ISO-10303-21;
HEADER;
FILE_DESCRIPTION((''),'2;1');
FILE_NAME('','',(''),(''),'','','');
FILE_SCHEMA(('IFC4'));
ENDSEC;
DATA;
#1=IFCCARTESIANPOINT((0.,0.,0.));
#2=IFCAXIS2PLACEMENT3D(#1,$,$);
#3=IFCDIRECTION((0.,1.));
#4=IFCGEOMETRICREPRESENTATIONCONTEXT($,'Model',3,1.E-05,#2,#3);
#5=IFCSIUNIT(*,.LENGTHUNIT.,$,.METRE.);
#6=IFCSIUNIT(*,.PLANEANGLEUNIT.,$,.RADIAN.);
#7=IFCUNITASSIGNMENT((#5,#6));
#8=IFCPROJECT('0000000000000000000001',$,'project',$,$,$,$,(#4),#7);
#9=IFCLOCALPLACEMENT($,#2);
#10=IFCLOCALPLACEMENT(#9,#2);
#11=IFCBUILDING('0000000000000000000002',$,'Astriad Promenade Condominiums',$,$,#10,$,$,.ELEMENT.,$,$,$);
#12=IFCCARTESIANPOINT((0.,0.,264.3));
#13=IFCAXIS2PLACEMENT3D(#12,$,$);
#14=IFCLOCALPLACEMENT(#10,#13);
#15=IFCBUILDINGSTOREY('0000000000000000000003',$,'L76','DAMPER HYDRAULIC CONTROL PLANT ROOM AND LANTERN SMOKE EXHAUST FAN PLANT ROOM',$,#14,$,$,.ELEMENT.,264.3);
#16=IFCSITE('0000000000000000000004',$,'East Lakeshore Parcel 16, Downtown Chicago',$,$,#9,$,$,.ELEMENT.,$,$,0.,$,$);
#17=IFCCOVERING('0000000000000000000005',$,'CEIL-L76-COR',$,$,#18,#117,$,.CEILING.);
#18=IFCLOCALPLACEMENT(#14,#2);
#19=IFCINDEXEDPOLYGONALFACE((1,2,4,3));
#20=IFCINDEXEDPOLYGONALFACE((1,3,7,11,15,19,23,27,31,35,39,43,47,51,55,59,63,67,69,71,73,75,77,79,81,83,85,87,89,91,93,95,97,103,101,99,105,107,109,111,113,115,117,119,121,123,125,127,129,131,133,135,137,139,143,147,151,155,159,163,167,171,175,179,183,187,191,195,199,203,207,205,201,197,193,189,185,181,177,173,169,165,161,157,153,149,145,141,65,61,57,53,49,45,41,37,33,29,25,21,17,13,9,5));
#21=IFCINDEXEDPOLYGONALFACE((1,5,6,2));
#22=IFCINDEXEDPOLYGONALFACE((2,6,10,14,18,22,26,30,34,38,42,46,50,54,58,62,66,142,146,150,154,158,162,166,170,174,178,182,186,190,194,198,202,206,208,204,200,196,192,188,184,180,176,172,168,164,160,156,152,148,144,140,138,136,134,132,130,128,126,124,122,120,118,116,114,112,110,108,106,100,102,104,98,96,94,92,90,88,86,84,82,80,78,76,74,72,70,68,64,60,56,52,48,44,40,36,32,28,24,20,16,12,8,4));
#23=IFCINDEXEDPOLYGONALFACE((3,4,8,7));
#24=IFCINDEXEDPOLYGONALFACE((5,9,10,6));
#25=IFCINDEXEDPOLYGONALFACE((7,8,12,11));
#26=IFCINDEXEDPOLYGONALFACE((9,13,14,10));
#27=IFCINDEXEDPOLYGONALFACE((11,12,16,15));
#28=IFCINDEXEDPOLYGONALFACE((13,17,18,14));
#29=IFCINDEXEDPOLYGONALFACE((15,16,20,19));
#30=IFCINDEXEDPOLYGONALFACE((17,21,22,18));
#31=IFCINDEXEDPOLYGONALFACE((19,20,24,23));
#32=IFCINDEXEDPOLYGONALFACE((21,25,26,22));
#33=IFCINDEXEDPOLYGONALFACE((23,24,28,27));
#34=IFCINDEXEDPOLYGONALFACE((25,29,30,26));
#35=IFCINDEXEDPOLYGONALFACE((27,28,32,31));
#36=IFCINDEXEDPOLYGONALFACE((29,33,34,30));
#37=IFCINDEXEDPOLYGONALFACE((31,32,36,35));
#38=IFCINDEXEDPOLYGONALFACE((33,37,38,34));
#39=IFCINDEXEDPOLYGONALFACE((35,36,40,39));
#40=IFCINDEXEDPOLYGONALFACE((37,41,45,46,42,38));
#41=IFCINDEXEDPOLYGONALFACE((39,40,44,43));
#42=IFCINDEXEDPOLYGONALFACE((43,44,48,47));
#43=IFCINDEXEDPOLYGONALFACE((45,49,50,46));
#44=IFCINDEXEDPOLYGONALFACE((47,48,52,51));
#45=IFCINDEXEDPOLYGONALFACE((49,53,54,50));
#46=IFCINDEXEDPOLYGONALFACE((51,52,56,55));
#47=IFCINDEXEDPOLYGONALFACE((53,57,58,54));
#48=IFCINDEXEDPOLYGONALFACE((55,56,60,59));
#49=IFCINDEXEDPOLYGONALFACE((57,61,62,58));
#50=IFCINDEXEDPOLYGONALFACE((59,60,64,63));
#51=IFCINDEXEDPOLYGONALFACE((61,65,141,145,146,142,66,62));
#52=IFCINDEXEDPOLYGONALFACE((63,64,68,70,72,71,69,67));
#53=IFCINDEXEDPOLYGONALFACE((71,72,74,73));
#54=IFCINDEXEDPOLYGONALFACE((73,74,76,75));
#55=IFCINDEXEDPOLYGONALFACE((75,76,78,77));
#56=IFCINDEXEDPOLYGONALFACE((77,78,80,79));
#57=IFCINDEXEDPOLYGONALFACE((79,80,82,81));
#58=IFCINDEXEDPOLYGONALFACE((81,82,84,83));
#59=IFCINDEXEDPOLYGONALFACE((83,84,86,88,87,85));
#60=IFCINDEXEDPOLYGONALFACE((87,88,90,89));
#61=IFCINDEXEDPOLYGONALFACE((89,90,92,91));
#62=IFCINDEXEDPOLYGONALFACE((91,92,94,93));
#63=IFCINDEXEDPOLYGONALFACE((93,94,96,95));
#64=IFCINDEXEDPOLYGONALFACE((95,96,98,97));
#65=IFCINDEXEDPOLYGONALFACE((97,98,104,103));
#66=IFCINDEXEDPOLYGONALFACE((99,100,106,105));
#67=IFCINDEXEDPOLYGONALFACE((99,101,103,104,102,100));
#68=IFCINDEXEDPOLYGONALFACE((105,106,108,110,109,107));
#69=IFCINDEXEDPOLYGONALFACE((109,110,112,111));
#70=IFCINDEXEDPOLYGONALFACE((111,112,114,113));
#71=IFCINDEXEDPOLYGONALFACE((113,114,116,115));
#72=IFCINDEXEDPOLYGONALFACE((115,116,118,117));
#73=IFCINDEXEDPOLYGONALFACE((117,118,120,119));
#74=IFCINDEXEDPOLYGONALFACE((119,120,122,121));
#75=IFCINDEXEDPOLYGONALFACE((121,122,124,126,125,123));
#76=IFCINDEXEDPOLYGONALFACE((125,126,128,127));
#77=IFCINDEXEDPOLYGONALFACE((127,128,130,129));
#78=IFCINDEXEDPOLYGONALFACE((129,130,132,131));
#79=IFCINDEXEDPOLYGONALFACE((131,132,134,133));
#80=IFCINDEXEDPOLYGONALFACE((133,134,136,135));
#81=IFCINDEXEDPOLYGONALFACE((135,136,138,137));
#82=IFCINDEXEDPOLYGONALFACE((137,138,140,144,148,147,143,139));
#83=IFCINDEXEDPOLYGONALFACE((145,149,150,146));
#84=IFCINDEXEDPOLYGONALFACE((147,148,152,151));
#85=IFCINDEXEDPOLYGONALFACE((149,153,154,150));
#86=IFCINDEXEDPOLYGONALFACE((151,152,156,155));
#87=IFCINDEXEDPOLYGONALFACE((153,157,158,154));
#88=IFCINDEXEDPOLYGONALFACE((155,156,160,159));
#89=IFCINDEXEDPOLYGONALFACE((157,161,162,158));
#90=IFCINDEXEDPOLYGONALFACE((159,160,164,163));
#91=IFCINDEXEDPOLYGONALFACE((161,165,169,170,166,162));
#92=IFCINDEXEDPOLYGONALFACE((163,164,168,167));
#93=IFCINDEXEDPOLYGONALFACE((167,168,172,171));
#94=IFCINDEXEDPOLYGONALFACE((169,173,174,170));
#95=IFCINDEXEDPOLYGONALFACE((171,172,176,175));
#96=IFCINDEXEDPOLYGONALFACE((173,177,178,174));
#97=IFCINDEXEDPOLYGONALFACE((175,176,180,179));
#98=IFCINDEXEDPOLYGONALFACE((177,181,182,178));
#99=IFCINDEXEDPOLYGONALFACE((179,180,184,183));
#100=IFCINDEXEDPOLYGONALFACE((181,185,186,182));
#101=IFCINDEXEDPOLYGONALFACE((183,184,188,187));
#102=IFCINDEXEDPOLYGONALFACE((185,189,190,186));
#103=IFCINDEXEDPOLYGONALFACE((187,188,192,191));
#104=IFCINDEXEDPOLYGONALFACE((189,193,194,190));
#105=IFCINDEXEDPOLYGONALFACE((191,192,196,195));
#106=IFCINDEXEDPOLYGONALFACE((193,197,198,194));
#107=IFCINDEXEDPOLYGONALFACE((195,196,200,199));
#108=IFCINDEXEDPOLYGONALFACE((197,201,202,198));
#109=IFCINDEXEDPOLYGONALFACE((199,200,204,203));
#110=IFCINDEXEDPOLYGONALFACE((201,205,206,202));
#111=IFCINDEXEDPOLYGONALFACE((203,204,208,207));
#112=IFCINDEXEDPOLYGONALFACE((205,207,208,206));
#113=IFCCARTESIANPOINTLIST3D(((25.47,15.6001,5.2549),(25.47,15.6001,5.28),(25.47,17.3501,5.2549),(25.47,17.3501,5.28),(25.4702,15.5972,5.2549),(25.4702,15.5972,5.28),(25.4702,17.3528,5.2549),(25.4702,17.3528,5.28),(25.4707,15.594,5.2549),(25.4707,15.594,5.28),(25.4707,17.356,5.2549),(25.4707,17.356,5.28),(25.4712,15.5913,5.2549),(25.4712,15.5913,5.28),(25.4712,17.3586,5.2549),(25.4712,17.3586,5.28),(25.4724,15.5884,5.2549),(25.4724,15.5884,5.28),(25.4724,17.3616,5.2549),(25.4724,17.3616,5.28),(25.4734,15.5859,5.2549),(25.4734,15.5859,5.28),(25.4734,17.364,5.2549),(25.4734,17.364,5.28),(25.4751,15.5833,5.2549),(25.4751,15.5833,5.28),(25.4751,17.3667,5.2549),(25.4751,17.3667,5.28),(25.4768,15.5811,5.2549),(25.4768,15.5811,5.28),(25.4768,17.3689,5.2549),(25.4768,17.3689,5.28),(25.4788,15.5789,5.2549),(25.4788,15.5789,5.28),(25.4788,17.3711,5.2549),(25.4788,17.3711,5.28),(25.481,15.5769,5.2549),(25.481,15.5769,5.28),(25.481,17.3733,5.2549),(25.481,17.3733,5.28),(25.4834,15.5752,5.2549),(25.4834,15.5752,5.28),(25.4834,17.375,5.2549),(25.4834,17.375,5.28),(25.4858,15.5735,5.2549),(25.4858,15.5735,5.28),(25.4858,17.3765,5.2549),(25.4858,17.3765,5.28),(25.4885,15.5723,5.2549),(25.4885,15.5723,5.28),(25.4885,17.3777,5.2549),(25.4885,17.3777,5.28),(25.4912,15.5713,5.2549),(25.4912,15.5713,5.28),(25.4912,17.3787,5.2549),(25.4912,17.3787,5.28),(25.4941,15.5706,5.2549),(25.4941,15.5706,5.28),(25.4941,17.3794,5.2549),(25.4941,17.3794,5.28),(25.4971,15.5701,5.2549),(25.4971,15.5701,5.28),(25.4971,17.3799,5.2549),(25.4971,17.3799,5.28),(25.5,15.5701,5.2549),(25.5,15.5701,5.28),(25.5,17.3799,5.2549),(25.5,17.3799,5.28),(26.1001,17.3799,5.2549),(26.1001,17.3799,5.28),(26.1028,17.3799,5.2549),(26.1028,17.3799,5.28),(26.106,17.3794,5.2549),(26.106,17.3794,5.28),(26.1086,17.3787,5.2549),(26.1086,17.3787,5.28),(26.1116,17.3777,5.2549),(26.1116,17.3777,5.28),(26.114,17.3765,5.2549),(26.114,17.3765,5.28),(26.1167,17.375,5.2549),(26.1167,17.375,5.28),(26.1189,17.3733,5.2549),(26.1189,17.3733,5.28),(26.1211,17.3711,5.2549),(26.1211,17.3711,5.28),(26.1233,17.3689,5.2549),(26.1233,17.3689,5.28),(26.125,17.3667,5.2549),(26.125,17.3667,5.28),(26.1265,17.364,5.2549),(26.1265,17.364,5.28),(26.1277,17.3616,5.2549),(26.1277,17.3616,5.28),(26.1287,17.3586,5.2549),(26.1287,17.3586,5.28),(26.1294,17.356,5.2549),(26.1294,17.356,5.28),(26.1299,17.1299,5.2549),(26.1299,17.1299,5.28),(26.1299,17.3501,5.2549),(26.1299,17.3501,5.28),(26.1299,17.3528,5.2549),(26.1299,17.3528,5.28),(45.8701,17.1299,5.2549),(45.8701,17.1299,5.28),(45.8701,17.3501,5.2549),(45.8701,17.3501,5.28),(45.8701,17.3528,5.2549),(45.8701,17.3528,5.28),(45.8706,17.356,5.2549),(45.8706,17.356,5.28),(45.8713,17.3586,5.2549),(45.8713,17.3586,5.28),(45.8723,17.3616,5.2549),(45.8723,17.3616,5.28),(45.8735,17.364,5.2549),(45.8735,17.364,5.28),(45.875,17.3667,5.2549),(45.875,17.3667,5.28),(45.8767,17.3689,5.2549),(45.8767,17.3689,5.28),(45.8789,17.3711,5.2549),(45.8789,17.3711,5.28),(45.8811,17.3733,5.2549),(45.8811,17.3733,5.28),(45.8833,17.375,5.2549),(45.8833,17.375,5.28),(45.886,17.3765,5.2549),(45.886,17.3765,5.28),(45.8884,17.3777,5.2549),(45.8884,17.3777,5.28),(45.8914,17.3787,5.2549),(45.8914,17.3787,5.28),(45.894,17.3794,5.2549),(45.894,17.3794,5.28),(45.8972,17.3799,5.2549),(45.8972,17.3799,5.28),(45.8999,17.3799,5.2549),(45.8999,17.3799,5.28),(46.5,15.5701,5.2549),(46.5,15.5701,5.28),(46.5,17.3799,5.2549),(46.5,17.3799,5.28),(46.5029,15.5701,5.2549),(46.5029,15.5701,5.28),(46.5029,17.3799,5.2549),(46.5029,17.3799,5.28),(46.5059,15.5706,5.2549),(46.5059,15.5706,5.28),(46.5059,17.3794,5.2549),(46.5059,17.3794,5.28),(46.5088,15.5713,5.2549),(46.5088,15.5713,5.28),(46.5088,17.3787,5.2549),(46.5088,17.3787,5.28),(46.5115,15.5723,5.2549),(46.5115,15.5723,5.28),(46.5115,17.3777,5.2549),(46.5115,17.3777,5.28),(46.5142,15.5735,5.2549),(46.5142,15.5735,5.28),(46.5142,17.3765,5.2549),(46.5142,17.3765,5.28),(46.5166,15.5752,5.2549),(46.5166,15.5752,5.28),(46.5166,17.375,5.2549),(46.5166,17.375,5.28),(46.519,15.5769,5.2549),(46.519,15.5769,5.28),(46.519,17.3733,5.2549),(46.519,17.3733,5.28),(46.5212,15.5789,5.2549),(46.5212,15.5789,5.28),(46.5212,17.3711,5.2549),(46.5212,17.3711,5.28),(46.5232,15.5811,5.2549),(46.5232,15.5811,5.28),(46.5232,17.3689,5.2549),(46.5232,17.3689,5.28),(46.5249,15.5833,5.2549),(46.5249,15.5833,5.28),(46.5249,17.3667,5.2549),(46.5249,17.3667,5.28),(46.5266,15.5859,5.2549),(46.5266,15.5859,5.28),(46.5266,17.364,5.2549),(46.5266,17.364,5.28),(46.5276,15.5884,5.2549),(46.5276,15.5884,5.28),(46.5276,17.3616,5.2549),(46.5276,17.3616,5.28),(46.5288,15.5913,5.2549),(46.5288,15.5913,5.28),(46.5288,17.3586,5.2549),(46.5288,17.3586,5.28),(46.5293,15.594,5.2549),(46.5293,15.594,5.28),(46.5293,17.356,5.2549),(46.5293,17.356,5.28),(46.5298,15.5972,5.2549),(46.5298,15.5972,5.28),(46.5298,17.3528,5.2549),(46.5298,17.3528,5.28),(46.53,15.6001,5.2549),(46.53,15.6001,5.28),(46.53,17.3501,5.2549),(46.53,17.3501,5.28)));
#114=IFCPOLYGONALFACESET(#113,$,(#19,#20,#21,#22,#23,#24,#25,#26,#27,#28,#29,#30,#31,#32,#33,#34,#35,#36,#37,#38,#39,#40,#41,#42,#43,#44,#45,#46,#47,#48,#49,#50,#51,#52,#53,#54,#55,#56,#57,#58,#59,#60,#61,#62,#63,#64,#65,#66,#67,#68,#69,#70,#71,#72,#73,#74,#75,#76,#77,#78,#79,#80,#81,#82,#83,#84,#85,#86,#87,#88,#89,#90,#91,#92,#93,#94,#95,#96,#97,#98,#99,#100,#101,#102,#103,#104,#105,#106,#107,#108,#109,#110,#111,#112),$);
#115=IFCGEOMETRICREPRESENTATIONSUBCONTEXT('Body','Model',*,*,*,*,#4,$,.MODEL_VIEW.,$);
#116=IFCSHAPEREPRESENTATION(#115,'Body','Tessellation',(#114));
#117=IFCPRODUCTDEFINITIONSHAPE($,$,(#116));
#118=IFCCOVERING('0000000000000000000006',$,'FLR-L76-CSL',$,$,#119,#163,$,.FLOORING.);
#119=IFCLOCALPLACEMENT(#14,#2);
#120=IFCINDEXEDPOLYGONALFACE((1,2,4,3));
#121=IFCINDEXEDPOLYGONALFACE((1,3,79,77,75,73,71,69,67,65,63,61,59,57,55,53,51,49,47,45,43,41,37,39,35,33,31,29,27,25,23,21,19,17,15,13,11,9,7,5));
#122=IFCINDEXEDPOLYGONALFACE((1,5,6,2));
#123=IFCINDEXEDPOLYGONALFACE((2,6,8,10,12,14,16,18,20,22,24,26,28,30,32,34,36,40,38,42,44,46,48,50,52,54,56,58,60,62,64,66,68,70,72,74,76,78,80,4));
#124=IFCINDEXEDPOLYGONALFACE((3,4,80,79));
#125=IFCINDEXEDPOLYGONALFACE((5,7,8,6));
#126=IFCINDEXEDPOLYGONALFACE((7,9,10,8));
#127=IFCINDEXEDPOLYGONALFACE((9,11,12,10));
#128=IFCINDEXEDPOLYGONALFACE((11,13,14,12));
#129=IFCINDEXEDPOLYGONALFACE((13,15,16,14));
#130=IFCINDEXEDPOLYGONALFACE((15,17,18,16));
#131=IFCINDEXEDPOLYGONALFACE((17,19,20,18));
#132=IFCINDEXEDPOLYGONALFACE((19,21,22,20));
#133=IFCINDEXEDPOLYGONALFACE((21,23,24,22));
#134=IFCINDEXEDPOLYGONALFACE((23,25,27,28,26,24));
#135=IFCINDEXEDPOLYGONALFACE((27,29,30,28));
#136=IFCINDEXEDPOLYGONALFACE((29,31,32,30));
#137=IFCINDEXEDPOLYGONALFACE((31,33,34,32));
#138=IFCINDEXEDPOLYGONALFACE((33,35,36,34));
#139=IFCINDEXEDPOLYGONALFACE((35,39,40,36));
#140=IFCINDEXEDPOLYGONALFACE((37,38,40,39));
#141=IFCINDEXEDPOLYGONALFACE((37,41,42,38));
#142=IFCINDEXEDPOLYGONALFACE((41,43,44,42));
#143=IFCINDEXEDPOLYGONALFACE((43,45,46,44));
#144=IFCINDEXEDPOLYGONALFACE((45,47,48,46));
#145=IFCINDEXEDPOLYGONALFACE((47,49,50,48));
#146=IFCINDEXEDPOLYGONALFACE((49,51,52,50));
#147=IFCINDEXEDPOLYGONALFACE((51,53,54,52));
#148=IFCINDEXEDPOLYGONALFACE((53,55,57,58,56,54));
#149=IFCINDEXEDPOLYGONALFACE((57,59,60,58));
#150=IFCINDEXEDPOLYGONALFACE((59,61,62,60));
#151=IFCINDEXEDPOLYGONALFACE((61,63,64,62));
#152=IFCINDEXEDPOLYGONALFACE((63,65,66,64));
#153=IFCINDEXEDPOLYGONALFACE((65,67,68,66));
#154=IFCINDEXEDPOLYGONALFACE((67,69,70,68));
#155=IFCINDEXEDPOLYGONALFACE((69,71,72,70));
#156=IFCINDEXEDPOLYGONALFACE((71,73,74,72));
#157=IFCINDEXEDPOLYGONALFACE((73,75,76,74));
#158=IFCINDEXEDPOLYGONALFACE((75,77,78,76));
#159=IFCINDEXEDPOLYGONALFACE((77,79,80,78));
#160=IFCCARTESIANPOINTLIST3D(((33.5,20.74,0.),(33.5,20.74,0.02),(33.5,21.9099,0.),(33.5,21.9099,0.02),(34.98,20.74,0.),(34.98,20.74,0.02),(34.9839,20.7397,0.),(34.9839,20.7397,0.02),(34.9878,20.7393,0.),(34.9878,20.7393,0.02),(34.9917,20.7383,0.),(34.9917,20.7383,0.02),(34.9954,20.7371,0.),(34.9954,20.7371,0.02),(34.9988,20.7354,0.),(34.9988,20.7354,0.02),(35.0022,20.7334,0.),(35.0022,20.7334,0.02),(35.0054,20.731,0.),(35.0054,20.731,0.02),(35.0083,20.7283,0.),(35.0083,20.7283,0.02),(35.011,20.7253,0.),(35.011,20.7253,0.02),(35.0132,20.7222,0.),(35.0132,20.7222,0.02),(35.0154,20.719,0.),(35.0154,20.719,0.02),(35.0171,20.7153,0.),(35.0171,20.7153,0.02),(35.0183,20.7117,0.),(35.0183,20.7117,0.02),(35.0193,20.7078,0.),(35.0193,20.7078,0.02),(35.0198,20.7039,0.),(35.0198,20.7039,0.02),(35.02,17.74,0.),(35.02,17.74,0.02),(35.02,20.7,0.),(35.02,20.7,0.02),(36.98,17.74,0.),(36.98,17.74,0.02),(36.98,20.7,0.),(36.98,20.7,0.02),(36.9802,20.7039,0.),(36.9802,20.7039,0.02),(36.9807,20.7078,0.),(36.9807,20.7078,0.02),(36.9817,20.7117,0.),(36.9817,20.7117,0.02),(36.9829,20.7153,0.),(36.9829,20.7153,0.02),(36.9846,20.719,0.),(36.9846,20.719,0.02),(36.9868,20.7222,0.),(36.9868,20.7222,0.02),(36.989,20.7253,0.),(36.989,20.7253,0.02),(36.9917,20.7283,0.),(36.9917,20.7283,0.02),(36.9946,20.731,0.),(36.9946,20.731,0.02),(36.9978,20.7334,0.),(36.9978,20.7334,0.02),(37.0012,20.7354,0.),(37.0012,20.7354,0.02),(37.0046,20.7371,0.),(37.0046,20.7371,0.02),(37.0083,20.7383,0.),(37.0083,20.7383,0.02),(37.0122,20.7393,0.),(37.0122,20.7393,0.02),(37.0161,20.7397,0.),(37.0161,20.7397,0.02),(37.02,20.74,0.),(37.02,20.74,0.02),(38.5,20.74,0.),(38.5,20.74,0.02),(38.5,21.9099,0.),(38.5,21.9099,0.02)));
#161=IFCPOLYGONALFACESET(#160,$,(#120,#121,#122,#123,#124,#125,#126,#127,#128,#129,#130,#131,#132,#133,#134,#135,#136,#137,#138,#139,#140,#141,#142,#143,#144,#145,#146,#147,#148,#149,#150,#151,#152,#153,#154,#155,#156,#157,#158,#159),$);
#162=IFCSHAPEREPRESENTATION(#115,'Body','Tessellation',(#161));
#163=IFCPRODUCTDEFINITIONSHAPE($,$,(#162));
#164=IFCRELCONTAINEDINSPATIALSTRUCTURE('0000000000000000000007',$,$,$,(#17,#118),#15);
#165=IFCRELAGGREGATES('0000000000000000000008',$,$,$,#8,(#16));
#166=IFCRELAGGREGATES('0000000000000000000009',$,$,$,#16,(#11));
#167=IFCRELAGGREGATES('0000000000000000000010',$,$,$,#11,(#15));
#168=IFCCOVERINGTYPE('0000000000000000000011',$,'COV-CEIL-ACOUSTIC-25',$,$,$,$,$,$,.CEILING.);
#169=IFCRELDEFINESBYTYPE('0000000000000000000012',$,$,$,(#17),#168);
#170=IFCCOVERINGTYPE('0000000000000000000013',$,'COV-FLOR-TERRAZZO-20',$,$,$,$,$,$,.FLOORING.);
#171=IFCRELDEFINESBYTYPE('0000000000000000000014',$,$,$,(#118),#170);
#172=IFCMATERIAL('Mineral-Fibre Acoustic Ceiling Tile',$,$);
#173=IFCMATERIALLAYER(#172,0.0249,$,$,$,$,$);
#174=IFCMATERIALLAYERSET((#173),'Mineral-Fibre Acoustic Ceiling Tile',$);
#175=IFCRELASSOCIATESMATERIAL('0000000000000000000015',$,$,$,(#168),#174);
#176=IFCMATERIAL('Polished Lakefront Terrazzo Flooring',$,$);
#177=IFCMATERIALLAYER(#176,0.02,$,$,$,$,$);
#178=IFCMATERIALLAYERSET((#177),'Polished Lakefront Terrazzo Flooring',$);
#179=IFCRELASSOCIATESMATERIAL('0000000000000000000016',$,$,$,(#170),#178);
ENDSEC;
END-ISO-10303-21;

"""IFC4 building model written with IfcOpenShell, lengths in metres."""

from ifc_helpers import new_model, si_unit, direction, frame, origin, place, context, subcontext, project, spatial, polyline, outline, extrude, material, layer, layer_set, type_object, element, save


model = new_model("IFC4")

# Units and contexts
model_context = context("Model", 3, precision=1e-05, world=origin(), true_north=direction((0.0, 1.0)))
body_context = subcontext(model_context, "Body", "Model", "MODEL_VIEW")
ifc_project = project(units=[si_unit("LENGTHUNIT", "METRE"), si_unit("PLANEANGLEUNIT", "RADIAN")], contexts=[model_context])

# Site, building, storey
site_placement = place(None, origin())
site = spatial("IfcSite", under=ifc_project, at=site_placement, Name="East Lakeshore Parcel 16, Downtown Chicago", CompositionType="ELEMENT", RefElevation=0.0)
building_placement = place(site_placement, origin())
building = spatial("IfcBuilding", under=site, at=building_placement, Name="Astriad Promenade Condominiums", CompositionType="ELEMENT")
storey_placement = place(building_placement, frame((0.0, 0.0, 264.3)))
storey = spatial("IfcBuildingStorey", under=building, at=storey_placement, Name="L76", Description="DAMPER HYDRAULIC CONTROL PLANT ROOM AND LANTERN SMOKE EXHAUST FAN PLANT ROOM", CompositionType="ELEMENT", Elevation=264.3)

# Coverings
ifc_material_1 = material(Name="Mineral-Fibre Acoustic Ceiling Tile")
ifc_layer_1 = layer(ifc_material_1, 0.0249)
ifc_layer_set_1 = layer_set([ifc_layer_1], Name="Mineral-Fibre Acoustic Ceiling Tile")
covering_type_1 = type_object("IfcCoveringType", Name="COV-CEIL-ACOUSTIC-25", PredefinedType="CEILING", material=ifc_layer_set_1)
covering_1_placement = place(storey_placement, frame((0.0, 0.0, 5.2549)))
element("IfcCovering", 1, at=covering_1_placement, inside=storey, type_object=covering_type_1, Name="CEIL-L76-COR", PredefinedType="CEILING", context=body_context, shape_type="SweptSolid", body=[
    extrude(outline(polyline([(26.1299, 17.1299), (45.8701, 17.1299), (45.8701, 17.3501), (45.8701, 17.3528), (45.8706, 17.356), (45.8713, 17.3586), (45.8723, 17.3616), (45.8735, 17.364), (45.875, 17.3667), (45.8767, 17.3689), (45.8789, 17.3711), (45.8811, 17.3733), (45.8833, 17.375), (45.886, 17.3765), (45.8884, 17.3777), (45.8914, 17.3787), (45.894, 17.3794), (45.8972, 17.3799), (45.8999, 17.3799), (46.5, 17.3799), (46.5029, 17.3799), (46.5059, 17.3794), (46.5088, 17.3787), (46.5115, 17.3777), (46.5142, 17.3765), (46.5166, 17.375), (46.519, 17.3733), (46.5212, 17.3711), (46.5232, 17.3689), (46.5249, 17.3667), (46.5266, 17.364), (46.5276, 17.3616), (46.5288, 17.3586), (46.5293, 17.356), (46.5298, 17.3528), (46.53, 17.3501), (46.53, 15.6001), (46.5298, 15.5972), (46.5293, 15.594), (46.5288, 15.5913), (46.5276, 15.5884), (46.5266, 15.5859), (46.5249, 15.5833), (46.5232, 15.5811), (46.5212, 15.5789), (46.519, 15.5769), (46.5166, 15.5752), (46.5142, 15.5735), (46.5115, 15.5723), (46.5088, 15.5713), (46.5059, 15.5706), (46.5029, 15.5701), (46.5, 15.5701), (25.5, 15.5701), (25.4971, 15.5701), (25.4941, 15.5706), (25.4912, 15.5713), (25.4885, 15.5723), (25.4858, 15.5735), (25.4834, 15.5752), (25.481, 15.5769), (25.4788, 15.5789), (25.4768, 15.5811), (25.4751, 15.5833), (25.4734, 15.5859), (25.4724, 15.5884), (25.4712, 15.5913), (25.4707, 15.594), (25.4702, 15.5972), (25.47, 15.6001), (25.47, 17.3501), (25.4702, 17.3528), (25.4707, 17.356), (25.4712, 17.3586), (25.4724, 17.3616), (25.4734, 17.364), (25.4751, 17.3667), (25.4768, 17.3689), (25.4788, 17.3711), (25.481, 17.3733), (25.4834, 17.375), (25.4858, 17.3765), (25.4885, 17.3777), (25.4912, 17.3787), (25.4941, 17.3794), (25.4971, 17.3799), (25.5, 17.3799), (26.1001, 17.3799), (26.1028, 17.3799), (26.106, 17.3794), (26.1086, 17.3787), (26.1116, 17.3777), (26.114, 17.3765), (26.1167, 17.375), (26.1189, 17.3733), (26.1211, 17.3711), (26.1233, 17.3689), (26.125, 17.3667), (26.1265, 17.364), (26.1277, 17.3616), (26.1287, 17.3586), (26.1294, 17.356), (26.1299, 17.3528), (26.1299, 17.3501), (26.1299, 17.1299)])), origin(), (0.0, 0.0, 1.0), 0.0251),
])
ifc_material_2 = material(Name="Polished Lakefront Terrazzo Flooring")
ifc_layer_2 = layer(ifc_material_2, 0.02)
ifc_layer_set_2 = layer_set([ifc_layer_2], Name="Polished Lakefront Terrazzo Flooring")
covering_type_2 = type_object("IfcCoveringType", Name="COV-FLOR-TERRAZZO-20", PredefinedType="FLOORING", material=ifc_layer_set_2)
covering_2_placement = place(storey_placement, origin())
element("IfcCovering", 2, at=covering_2_placement, inside=storey, type_object=covering_type_2, Name="FLR-L76-CSL", PredefinedType="FLOORING", context=body_context, shape_type="SweptSolid", body=[
    extrude(outline(polyline([(36.98, 20.7), (36.98, 17.74), (35.02, 17.74), (35.02, 20.7), (35.0198, 20.7039), (35.0193, 20.7078), (35.0183, 20.7117), (35.0171, 20.7153), (35.0154, 20.719), (35.0132, 20.7222), (35.011, 20.7253), (35.0083, 20.7283), (35.0054, 20.731), (35.0022, 20.7334), (34.9988, 20.7354), (34.9954, 20.7371), (34.9917, 20.7383), (34.9878, 20.7393), (34.9839, 20.7397), (34.98, 20.74), (33.5, 20.74), (33.5, 21.9099), (38.5, 21.9099), (38.5, 20.74), (37.02, 20.74), (37.0161, 20.7397), (37.0122, 20.7393), (37.0083, 20.7383), (37.0046, 20.7371), (37.0012, 20.7354), (36.9978, 20.7334), (36.9946, 20.731), (36.9917, 20.7283), (36.989, 20.7253), (36.9868, 20.7222), (36.9846, 20.719), (36.9829, 20.7153), (36.9817, 20.7117), (36.9807, 20.7078), (36.9802, 20.7039), (36.98, 20.7)])), origin(), (0.0, 0.0, 1.0), 0.02),
])

save(model, "model.ifc")
